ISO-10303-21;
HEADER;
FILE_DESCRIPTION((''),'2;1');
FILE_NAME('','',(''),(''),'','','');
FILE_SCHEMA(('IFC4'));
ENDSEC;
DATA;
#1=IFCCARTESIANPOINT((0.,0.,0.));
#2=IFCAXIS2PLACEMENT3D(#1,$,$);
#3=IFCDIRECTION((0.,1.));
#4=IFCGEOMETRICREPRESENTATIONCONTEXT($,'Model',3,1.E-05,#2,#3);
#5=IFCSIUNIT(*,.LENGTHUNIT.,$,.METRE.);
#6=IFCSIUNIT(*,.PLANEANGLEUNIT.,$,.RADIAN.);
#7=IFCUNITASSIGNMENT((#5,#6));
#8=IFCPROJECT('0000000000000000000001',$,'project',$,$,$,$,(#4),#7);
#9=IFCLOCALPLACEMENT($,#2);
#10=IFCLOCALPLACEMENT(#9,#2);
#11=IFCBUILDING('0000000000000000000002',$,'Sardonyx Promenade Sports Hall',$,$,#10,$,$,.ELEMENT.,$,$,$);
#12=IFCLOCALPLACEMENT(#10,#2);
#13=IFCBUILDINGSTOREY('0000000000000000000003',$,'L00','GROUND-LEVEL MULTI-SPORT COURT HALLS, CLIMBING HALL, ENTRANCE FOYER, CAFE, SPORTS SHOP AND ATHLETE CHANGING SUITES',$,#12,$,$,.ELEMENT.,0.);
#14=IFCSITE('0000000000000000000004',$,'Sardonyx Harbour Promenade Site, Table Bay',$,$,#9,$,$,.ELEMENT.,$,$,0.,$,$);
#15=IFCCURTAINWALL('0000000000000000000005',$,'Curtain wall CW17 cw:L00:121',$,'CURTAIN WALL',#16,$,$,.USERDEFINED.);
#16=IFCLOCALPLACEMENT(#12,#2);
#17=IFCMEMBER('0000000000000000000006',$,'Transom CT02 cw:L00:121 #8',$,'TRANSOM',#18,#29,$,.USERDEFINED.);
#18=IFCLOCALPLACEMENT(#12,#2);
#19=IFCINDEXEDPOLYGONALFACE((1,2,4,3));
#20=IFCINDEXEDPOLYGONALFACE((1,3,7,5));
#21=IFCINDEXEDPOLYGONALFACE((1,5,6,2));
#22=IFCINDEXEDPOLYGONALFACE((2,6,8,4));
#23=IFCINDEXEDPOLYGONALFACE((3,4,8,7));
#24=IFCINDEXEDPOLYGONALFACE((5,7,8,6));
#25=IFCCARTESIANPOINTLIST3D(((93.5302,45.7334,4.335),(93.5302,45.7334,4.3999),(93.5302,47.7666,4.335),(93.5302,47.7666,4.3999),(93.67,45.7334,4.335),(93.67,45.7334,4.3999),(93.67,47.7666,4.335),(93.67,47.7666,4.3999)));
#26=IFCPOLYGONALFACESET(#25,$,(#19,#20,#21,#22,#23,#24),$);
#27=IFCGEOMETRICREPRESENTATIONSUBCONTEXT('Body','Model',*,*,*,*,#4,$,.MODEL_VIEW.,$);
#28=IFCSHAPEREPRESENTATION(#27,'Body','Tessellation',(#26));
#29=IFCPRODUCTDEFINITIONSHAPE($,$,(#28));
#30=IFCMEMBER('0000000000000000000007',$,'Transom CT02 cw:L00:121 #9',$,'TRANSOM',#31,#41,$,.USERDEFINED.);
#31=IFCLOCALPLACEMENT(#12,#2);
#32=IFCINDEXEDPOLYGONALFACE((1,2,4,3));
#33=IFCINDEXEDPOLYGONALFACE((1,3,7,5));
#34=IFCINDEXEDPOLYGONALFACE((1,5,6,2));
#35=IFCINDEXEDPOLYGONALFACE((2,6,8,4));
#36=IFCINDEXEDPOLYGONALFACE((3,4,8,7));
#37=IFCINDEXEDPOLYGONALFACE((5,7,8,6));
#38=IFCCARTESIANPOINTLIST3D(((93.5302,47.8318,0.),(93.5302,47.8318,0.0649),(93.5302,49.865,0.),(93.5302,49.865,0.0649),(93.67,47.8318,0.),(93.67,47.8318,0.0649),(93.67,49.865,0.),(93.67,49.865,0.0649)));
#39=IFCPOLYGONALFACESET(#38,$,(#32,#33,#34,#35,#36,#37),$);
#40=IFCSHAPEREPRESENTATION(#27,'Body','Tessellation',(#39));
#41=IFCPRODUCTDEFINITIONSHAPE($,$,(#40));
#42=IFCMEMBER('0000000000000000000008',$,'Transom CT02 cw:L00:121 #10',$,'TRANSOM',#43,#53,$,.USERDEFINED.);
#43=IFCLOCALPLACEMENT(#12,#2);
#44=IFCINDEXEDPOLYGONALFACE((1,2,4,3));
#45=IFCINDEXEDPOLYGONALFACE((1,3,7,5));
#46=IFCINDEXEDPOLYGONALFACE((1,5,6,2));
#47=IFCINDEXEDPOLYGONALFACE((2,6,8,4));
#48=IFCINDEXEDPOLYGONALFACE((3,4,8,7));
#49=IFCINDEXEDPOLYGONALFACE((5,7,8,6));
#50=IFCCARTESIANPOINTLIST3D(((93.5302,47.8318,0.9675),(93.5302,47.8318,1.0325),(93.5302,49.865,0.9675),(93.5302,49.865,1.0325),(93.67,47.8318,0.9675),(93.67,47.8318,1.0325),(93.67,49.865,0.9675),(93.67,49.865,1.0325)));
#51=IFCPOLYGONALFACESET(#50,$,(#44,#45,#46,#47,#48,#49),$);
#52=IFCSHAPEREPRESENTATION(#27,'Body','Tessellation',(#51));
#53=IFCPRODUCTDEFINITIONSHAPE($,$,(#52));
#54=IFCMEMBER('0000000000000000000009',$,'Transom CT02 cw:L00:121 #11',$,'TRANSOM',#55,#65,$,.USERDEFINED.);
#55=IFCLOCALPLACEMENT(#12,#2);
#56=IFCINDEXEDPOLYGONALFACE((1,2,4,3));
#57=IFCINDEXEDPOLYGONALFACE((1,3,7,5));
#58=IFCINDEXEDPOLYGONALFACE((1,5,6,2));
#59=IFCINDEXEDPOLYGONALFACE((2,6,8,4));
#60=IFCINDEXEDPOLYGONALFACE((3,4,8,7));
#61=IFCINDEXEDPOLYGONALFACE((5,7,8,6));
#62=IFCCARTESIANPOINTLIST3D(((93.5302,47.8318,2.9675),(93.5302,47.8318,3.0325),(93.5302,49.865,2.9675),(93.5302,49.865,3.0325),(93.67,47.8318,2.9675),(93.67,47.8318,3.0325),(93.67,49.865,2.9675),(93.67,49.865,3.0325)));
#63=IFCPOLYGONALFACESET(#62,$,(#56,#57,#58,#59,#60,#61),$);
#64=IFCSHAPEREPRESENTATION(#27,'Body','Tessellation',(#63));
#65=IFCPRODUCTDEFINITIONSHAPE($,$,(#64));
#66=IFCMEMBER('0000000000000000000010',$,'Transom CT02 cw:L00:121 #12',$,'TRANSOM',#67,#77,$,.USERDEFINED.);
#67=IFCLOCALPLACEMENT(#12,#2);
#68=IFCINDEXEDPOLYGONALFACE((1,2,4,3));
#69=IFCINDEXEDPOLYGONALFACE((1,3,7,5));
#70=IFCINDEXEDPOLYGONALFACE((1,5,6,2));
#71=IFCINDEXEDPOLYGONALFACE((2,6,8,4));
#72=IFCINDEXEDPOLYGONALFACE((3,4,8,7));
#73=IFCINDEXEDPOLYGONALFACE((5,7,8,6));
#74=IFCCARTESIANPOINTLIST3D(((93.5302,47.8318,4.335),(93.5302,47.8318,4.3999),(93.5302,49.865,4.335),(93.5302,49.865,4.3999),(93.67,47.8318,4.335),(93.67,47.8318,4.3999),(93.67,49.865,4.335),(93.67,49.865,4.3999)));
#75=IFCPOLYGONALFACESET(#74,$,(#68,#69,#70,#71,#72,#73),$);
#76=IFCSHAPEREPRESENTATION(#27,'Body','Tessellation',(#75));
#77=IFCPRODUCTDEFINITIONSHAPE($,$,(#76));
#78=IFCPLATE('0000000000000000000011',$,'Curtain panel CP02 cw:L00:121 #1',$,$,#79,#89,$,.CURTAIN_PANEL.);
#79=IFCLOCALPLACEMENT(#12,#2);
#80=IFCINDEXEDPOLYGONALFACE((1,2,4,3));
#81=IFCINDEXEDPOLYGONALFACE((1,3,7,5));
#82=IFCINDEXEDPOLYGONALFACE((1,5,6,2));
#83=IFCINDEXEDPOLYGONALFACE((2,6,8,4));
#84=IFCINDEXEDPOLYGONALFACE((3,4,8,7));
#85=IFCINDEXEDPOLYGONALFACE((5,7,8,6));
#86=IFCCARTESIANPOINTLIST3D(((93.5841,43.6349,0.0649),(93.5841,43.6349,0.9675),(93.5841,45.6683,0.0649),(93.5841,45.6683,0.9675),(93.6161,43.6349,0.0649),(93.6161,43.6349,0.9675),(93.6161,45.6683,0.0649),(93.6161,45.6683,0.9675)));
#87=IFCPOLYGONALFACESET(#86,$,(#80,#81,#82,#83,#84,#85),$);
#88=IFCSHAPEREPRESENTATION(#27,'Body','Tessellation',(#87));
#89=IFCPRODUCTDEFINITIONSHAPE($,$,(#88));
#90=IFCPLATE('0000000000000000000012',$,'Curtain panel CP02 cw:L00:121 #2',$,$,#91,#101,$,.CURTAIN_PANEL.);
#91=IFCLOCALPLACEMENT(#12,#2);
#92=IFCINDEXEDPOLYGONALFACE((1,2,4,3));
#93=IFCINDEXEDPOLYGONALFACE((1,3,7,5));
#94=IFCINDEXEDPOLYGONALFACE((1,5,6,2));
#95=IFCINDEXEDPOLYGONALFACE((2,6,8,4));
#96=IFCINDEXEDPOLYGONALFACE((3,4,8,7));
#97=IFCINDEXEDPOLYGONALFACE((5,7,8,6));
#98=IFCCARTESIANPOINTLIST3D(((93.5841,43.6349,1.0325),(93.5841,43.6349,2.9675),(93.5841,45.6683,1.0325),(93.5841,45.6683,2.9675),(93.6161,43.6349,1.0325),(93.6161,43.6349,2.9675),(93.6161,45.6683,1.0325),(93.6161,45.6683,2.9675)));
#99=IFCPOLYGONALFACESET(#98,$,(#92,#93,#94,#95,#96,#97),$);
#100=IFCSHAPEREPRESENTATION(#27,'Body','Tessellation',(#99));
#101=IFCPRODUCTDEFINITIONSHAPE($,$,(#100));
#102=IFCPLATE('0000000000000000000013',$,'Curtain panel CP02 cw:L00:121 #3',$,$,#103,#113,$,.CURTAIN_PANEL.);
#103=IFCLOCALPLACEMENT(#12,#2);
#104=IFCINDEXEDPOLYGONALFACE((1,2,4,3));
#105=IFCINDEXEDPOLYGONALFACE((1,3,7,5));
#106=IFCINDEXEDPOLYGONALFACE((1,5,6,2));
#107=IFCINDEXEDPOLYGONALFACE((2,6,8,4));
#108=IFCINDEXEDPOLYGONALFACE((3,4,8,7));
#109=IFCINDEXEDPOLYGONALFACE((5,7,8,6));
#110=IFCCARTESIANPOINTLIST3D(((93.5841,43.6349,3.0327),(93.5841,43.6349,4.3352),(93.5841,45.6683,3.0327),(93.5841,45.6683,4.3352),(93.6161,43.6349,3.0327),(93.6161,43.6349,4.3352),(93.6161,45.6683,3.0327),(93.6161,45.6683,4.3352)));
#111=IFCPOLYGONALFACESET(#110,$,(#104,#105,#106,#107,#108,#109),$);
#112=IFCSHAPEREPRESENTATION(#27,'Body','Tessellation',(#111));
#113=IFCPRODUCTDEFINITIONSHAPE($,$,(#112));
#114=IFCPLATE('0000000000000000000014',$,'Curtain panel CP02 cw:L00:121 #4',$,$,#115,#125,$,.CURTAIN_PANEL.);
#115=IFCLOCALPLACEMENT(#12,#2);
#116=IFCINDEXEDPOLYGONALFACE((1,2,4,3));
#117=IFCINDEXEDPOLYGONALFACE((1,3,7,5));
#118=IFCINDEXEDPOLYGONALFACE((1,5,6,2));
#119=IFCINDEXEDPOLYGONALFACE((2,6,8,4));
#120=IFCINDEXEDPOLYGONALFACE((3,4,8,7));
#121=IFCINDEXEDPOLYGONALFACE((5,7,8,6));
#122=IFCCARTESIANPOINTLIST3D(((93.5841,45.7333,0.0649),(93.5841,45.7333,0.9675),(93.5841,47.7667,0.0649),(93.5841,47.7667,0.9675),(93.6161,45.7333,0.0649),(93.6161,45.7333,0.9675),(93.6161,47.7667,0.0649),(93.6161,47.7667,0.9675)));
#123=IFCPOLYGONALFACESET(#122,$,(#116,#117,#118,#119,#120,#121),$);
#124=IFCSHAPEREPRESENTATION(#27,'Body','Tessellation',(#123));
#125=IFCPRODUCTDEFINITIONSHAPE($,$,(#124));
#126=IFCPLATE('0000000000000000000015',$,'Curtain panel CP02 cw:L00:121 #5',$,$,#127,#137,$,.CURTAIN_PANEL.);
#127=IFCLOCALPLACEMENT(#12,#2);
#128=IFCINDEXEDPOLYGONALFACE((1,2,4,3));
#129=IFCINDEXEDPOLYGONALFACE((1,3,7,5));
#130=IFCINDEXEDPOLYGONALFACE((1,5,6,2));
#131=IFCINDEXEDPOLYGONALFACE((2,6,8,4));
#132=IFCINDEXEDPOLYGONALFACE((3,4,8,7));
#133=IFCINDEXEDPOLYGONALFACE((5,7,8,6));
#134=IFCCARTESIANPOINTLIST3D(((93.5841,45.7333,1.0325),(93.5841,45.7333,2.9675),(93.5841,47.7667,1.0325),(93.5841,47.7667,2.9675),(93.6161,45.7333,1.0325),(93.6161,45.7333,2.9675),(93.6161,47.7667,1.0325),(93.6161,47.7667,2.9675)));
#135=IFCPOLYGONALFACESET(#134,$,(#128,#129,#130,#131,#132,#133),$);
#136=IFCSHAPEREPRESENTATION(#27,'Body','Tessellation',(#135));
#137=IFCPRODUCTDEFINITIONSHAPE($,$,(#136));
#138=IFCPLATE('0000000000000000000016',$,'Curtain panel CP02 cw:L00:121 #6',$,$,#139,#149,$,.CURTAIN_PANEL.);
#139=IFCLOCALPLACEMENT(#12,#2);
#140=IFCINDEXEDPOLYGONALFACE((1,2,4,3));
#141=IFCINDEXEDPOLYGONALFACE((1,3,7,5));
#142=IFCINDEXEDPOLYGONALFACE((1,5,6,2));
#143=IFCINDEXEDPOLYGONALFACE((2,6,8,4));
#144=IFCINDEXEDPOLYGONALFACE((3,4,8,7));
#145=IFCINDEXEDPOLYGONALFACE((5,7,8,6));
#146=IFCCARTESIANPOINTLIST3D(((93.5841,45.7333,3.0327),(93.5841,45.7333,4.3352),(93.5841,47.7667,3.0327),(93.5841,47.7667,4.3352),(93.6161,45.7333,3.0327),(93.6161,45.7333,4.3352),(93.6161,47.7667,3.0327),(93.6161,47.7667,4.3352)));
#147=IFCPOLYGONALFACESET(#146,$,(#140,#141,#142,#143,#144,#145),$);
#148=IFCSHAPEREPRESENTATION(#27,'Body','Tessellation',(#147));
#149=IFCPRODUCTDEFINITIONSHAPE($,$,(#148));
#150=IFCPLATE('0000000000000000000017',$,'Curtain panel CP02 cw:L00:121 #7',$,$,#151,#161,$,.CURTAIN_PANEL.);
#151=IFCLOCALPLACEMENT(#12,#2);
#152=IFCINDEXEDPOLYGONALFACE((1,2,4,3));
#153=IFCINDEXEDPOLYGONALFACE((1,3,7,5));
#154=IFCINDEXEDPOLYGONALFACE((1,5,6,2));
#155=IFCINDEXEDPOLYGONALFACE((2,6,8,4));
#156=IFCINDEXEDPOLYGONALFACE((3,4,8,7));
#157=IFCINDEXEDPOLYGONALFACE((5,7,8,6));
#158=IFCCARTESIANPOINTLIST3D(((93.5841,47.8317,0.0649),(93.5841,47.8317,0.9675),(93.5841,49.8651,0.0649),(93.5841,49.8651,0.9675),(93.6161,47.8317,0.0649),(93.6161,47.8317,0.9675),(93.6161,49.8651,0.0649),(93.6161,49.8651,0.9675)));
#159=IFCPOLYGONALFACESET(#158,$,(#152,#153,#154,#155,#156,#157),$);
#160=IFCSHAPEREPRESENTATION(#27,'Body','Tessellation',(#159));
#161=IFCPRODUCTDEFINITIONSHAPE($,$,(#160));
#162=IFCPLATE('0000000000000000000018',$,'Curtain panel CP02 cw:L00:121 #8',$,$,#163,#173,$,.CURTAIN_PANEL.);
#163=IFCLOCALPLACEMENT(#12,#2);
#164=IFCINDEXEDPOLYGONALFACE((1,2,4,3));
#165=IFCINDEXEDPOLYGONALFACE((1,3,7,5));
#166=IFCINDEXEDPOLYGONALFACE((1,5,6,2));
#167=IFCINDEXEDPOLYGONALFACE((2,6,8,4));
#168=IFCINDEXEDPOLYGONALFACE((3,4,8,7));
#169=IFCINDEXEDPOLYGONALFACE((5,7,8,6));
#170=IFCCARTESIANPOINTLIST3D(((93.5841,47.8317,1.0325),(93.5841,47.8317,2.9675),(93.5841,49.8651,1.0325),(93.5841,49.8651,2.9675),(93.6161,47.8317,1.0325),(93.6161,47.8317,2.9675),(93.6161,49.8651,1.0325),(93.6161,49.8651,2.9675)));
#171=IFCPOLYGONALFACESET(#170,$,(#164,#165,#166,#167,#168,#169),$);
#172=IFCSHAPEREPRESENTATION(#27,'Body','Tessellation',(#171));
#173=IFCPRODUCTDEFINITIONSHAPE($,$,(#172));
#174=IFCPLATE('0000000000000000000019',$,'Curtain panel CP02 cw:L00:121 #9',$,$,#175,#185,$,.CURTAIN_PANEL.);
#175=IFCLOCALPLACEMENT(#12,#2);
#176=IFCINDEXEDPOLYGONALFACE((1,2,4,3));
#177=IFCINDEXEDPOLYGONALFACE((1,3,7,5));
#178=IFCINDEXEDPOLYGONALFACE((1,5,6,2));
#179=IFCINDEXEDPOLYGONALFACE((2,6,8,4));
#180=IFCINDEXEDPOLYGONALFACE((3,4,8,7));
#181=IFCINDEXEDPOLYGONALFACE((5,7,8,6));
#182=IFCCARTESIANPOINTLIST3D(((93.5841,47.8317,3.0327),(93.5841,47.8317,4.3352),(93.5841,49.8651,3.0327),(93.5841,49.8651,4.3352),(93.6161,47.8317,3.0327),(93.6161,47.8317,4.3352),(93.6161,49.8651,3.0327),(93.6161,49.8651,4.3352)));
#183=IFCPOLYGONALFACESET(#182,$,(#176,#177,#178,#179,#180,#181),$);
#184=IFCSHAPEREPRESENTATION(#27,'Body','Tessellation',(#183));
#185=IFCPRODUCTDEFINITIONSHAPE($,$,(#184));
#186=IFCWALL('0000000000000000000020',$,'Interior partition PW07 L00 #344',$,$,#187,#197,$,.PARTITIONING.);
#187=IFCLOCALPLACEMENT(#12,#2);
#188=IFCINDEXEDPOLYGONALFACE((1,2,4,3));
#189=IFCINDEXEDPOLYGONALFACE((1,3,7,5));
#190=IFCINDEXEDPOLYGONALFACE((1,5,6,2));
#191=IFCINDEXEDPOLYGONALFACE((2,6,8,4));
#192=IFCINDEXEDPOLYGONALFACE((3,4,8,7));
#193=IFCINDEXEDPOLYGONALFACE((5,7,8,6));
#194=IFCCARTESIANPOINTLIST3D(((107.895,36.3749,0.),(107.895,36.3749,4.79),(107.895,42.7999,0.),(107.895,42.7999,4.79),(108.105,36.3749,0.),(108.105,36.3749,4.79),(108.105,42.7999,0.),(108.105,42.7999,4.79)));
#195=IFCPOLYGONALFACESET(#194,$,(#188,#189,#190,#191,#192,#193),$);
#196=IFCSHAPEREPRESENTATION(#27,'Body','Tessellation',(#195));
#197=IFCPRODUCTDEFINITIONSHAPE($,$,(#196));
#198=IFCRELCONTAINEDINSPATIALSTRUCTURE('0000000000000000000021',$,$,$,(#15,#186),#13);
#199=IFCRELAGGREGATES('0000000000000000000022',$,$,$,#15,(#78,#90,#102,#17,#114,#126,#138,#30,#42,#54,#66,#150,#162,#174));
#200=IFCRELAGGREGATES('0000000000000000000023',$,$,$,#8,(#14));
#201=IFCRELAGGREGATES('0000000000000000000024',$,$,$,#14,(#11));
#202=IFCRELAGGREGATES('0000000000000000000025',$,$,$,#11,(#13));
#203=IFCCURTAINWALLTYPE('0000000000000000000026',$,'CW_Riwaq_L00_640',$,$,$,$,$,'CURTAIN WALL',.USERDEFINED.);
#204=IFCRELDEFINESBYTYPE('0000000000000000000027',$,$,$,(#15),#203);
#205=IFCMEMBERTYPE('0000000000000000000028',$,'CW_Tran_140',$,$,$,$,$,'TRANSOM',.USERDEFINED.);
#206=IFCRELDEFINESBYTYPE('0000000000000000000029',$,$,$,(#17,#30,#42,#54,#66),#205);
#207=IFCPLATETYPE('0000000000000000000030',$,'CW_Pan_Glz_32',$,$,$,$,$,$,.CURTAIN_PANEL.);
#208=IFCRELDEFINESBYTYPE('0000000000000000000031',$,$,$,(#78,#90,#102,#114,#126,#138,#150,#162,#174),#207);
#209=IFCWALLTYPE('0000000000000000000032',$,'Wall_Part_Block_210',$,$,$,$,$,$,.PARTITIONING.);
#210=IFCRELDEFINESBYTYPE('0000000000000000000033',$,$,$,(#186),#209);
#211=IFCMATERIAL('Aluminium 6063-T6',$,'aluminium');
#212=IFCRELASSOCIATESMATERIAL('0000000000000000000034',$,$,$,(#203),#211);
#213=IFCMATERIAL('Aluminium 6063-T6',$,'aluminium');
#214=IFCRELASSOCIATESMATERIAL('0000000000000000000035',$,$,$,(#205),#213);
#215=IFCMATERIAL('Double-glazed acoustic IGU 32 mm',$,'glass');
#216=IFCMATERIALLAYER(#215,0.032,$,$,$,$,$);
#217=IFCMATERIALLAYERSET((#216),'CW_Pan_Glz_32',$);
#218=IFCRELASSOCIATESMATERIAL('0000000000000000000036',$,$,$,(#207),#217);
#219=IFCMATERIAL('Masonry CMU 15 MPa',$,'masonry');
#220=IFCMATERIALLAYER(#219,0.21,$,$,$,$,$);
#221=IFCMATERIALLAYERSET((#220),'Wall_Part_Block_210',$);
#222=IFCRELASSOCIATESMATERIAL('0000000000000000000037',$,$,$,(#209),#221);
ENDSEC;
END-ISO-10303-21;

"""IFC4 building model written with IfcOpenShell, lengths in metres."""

from ifc_helpers import new_model, si_unit, direction, frame, frame_2d, origin, origin_2d, place, context, subcontext, project, spatial, rectangle, extrude, material, layer, layer_set, material_profile, profile_set, type_object, element, aggregate, save


model = new_model("IFC4")

# Units and contexts
model_context = context("Model", 3, precision=1e-05, world=origin(), true_north=direction((0.0, 1.0)))
body_context = subcontext(model_context, "Body", "Model", "MODEL_VIEW")
ifc_project = project(units=[si_unit("LENGTHUNIT", "METRE"), si_unit("PLANEANGLEUNIT", "RADIAN")], contexts=[model_context])

# Site, building, storey
site_placement = place(None, origin())
site = spatial("IfcSite", under=ifc_project, at=site_placement, Name="Sardonyx Harbour Promenade Site, Table Bay", CompositionType="ELEMENT", RefElevation=0.0)
building_placement = place(site_placement, origin())
building = spatial("IfcBuilding", under=site, at=building_placement, Name="Sardonyx Promenade Sports Hall", CompositionType="ELEMENT")
storey_placement = place(building_placement, origin())
storey = spatial("IfcBuildingStorey", under=building, at=storey_placement, Name="L00", Description="GROUND-LEVEL MULTI-SPORT COURT HALLS, CLIMBING HALL, ENTRANCE FOYER, CAFE, SPORTS SHOP AND ATHLETE CHANGING SUITES", CompositionType="ELEMENT", Elevation=0.0)

# Curtain wall, members, plates
ifc_material_1 = material(Name="Aluminium 6063-T6", Category="aluminium")
curtain_wall_type = type_object("IfcCurtainWallType", Name="CW_Riwaq_L00_640", ElementType="CURTAIN WALL", PredefinedType="USERDEFINED", material=ifc_material_1)
curtain_wall_placement = place(storey_placement, origin())
curtain_wall = element("IfcCurtainWall", 1, at=curtain_wall_placement, inside=storey, type_object=curtain_wall_type, Name="Curtain wall CW17 cw:L00:121", ObjectType="CURTAIN WALL", PredefinedType="USERDEFINED")
ifc_material_2 = material(Name="Aluminium 6063-T6", Category="aluminium")
ifc_material_profile_1 = material_profile(ifc_material_2, rectangle(XDim=0.0649, YDim=0.1399, at=origin_2d()))
ifc_profile_set_1 = profile_set([ifc_material_profile_1], Name="Aluminium 6063-T6")
member_type_1 = type_object("IfcMemberType", Name="CW_Tran_140", ElementType="TRANSOM", PredefinedType="USERDEFINED", material=ifc_profile_set_1)
member_1_placement = place(storey_placement, frame((93.6001, 45.7334, 4.3674), z_axis=(0.0, 1.0, 0.0), x_axis=(0.0, 0.0, 1.0)))
member_1 = element("IfcMember", 2, at=member_1_placement, type_object=member_type_1, Name="Transom CT02 cw:L00:121 #8", ObjectType="TRANSOM", PredefinedType="USERDEFINED", context=body_context, shape_type="SweptSolid", body=[
    extrude(rectangle(XDim=0.0649, YDim=0.1399, at=origin_2d()), origin(), (0.0, 0.0, 1.0), 2.0332),
])
member_2_placement = place(storey_placement, frame((93.6001, 47.8318, 0.0325), z_axis=(0.0, 1.0, 0.0), x_axis=(0.0, 0.0, 1.0)))
member_2 = element("IfcMember", 3, at=member_2_placement, type_object=member_type_1, Name="Transom CT02 cw:L00:121 #9", ObjectType="TRANSOM", PredefinedType="USERDEFINED", context=body_context, shape_type="SweptSolid", body=[
    extrude(rectangle(XDim=0.0649, YDim=0.1399, at=origin_2d()), origin(), (0.0, 0.0, 1.0), 2.0332),
])
member_3_placement = place(storey_placement, frame((93.6001, 47.8318, 1.0), z_axis=(0.0, 1.0, 0.0), x_axis=(0.0, 0.0, 1.0)))
member_3 = element("IfcMember", 4, at=member_3_placement, type_object=member_type_1, Name="Transom CT02 cw:L00:121 #10", ObjectType="TRANSOM", PredefinedType="USERDEFINED", context=body_context, shape_type="SweptSolid", body=[
    extrude(rectangle(XDim=0.0649, YDim=0.1399, at=origin_2d()), origin(), (0.0, 0.0, 1.0), 2.0332),
])
member_4_placement = place(storey_placement, frame((93.6001, 47.8318, 3.0), z_axis=(0.0, 1.0, 0.0), x_axis=(0.0, 0.0, 1.0)))
member_4 = element("IfcMember", 5, at=member_4_placement, type_object=member_type_1, Name="Transom CT02 cw:L00:121 #11", ObjectType="TRANSOM", PredefinedType="USERDEFINED", context=body_context, shape_type="SweptSolid", body=[
    extrude(rectangle(XDim=0.0649, YDim=0.1399, at=origin_2d()), origin(), (0.0, 0.0, 1.0), 2.0332),
])
member_5_placement = place(storey_placement, frame((93.6001, 47.8318, 4.3674), z_axis=(0.0, 1.0, 0.0), x_axis=(0.0, 0.0, 1.0)))
member_5 = element("IfcMember", 6, at=member_5_placement, type_object=member_type_1, Name="Transom CT02 cw:L00:121 #12", ObjectType="TRANSOM", PredefinedType="USERDEFINED", context=body_context, shape_type="SweptSolid", body=[
    extrude(rectangle(XDim=0.0649, YDim=0.1399, at=origin_2d()), origin(), (0.0, 0.0, 1.0), 2.0332),
])
ifc_material_3 = material(Name="Double-glazed acoustic IGU 32 mm", Category="glass")
ifc_layer_1 = layer(ifc_material_3, 0.032)
ifc_layer_set_1 = layer_set([ifc_layer_1], Name="CW_Pan_Glz_32")
plate_type = type_object("IfcPlateType", Name="CW_Pan_Glz_32", PredefinedType="CURTAIN_PANEL", material=ifc_layer_set_1)
plate_1_placement = place(storey_placement, frame((93.6001, 44.6516, 0.0649), z_axis=(0.0, 0.0, 1.0), x_axis=(0.0, 1.0, 0.0)))
plate_1 = element("IfcPlate", 7, at=plate_1_placement, type_object=plate_type, Name="Curtain panel CP02 cw:L00:121 #1", PredefinedType="CURTAIN_PANEL", context=body_context, shape_type="SweptSolid", body=[
    extrude(rectangle(XDim=2.0334, YDim=0.032, at=origin_2d()), origin(), (0.0, 0.0, 1.0), 0.9026),
])
plate_2_placement = place(storey_placement, frame((93.6001, 44.6516, 1.0325), z_axis=(0.0, 0.0, 1.0), x_axis=(0.0, 1.0, 0.0)))
plate_2 = element("IfcPlate", 8, at=plate_2_placement, type_object=plate_type, Name="Curtain panel CP02 cw:L00:121 #2", PredefinedType="CURTAIN_PANEL", context=body_context, shape_type="SweptSolid", body=[
    extrude(rectangle(XDim=2.0334, YDim=0.032, at=origin_2d()), origin(), (0.0, 0.0, 1.0), 1.9351),
])
plate_3_placement = place(storey_placement, frame((93.6001, 44.6516, 3.0327), z_axis=(0.0, 0.0, 1.0), x_axis=(0.0, 1.0, 0.0)))
plate_3 = element("IfcPlate", 9, at=plate_3_placement, type_object=plate_type, Name="Curtain panel CP02 cw:L00:121 #3", PredefinedType="CURTAIN_PANEL", context=body_context, shape_type="SweptSolid", body=[
    extrude(rectangle(XDim=2.0334, YDim=0.032, at=origin_2d()), origin(), (0.0, 0.0, 1.0), 1.3025),
])
plate_4_placement = place(storey_placement, frame((93.6001, 46.75, 0.0649), z_axis=(0.0, 0.0, 1.0), x_axis=(0.0, 1.0, 0.0)))
plate_4 = element("IfcPlate", 10, at=plate_4_placement, type_object=plate_type, Name="Curtain panel CP02 cw:L00:121 #4", PredefinedType="CURTAIN_PANEL", context=body_context, shape_type="SweptSolid", body=[
    extrude(rectangle(XDim=2.0334, YDim=0.032, at=origin_2d()), origin(), (0.0, 0.0, 1.0), 0.9026),
])
plate_5_placement = place(storey_placement, frame((93.6001, 46.75, 1.0325), z_axis=(0.0, 0.0, 1.0), x_axis=(0.0, 1.0, 0.0)))
plate_5 = element("IfcPlate", 11, at=plate_5_placement, type_object=plate_type, Name="Curtain panel CP02 cw:L00:121 #5", PredefinedType="CURTAIN_PANEL", context=body_context, shape_type="SweptSolid", body=[
    extrude(rectangle(XDim=2.0334, YDim=0.032, at=origin_2d()), origin(), (0.0, 0.0, 1.0), 1.9351),
])
plate_6_placement = place(storey_placement, frame((93.6001, 46.75, 3.0327), z_axis=(0.0, 0.0, 1.0), x_axis=(0.0, 1.0, 0.0)))
plate_6 = element("IfcPlate", 12, at=plate_6_placement, type_object=plate_type, Name="Curtain panel CP02 cw:L00:121 #6", PredefinedType="CURTAIN_PANEL", context=body_context, shape_type="SweptSolid", body=[
    extrude(rectangle(XDim=2.0334, YDim=0.032, at=origin_2d()), origin(), (0.0, 0.0, 1.0), 1.3025),
])
plate_7_placement = place(storey_placement, frame((93.6001, 48.8484, 0.0649), z_axis=(0.0, 0.0, 1.0), x_axis=(0.0, 1.0, 0.0)))
plate_7 = element("IfcPlate", 13, at=plate_7_placement, type_object=plate_type, Name="Curtain panel CP02 cw:L00:121 #7", PredefinedType="CURTAIN_PANEL", context=body_context, shape_type="SweptSolid", body=[
    extrude(rectangle(XDim=2.0334, YDim=0.032, at=origin_2d()), origin(), (0.0, 0.0, 1.0), 0.9026),
])
plate_8_placement = place(storey_placement, frame((93.6001, 48.8484, 1.0325), z_axis=(0.0, 0.0, 1.0), x_axis=(0.0, 1.0, 0.0)))
plate_8 = element("IfcPlate", 14, at=plate_8_placement, type_object=plate_type, Name="Curtain panel CP02 cw:L00:121 #8", PredefinedType="CURTAIN_PANEL", context=body_context, shape_type="SweptSolid", body=[
    extrude(rectangle(XDim=2.0334, YDim=0.032, at=origin_2d()), origin(), (0.0, 0.0, 1.0), 1.9351),
])
plate_9_placement = place(storey_placement, frame((93.6001, 48.8484, 3.0327), z_axis=(0.0, 0.0, 1.0), x_axis=(0.0, 1.0, 0.0)))
plate_9 = element("IfcPlate", 15, at=plate_9_placement, type_object=plate_type, Name="Curtain panel CP02 cw:L00:121 #9", PredefinedType="CURTAIN_PANEL", context=body_context, shape_type="SweptSolid", body=[
    extrude(rectangle(XDim=2.0334, YDim=0.032, at=origin_2d()), origin(), (0.0, 0.0, 1.0), 1.3025),
])
aggregate(curtain_wall, [plate_1, plate_2, plate_3, member_1, plate_4, plate_5, plate_6, member_2, member_3, member_4, member_5, plate_7, plate_8, plate_9])

# Wall
ifc_material_4 = material(Name="Masonry CMU 15 MPa", Category="masonry")
ifc_layer_2 = layer(ifc_material_4, 0.21)
ifc_layer_set_2 = layer_set([ifc_layer_2], Name="Wall_Part_Block_210")
wall_type = type_object("IfcWallType", Name="Wall_Part_Block_210", PredefinedType="PARTITIONING", material=ifc_layer_set_2)
wall_1_placement = place(storey_placement, frame((108.0, 36.375, 0.0), z_axis=(0.0, 0.0, 1.0), x_axis=(0.0, 1.0, 0.0)))
element("IfcWall", 16, at=wall_1_placement, inside=storey, type_object=wall_type, Name="Interior partition PW07 L00 #344", PredefinedType="PARTITIONING", context=body_context, shape_type="SweptSolid", body=[
    extrude(rectangle(XDim=6.425, YDim=0.21, at=frame_2d((3.2124, 0.0))), origin(), (0.0, 0.0, 1.0), 4.79),
])

save(model, "model.ifc")
